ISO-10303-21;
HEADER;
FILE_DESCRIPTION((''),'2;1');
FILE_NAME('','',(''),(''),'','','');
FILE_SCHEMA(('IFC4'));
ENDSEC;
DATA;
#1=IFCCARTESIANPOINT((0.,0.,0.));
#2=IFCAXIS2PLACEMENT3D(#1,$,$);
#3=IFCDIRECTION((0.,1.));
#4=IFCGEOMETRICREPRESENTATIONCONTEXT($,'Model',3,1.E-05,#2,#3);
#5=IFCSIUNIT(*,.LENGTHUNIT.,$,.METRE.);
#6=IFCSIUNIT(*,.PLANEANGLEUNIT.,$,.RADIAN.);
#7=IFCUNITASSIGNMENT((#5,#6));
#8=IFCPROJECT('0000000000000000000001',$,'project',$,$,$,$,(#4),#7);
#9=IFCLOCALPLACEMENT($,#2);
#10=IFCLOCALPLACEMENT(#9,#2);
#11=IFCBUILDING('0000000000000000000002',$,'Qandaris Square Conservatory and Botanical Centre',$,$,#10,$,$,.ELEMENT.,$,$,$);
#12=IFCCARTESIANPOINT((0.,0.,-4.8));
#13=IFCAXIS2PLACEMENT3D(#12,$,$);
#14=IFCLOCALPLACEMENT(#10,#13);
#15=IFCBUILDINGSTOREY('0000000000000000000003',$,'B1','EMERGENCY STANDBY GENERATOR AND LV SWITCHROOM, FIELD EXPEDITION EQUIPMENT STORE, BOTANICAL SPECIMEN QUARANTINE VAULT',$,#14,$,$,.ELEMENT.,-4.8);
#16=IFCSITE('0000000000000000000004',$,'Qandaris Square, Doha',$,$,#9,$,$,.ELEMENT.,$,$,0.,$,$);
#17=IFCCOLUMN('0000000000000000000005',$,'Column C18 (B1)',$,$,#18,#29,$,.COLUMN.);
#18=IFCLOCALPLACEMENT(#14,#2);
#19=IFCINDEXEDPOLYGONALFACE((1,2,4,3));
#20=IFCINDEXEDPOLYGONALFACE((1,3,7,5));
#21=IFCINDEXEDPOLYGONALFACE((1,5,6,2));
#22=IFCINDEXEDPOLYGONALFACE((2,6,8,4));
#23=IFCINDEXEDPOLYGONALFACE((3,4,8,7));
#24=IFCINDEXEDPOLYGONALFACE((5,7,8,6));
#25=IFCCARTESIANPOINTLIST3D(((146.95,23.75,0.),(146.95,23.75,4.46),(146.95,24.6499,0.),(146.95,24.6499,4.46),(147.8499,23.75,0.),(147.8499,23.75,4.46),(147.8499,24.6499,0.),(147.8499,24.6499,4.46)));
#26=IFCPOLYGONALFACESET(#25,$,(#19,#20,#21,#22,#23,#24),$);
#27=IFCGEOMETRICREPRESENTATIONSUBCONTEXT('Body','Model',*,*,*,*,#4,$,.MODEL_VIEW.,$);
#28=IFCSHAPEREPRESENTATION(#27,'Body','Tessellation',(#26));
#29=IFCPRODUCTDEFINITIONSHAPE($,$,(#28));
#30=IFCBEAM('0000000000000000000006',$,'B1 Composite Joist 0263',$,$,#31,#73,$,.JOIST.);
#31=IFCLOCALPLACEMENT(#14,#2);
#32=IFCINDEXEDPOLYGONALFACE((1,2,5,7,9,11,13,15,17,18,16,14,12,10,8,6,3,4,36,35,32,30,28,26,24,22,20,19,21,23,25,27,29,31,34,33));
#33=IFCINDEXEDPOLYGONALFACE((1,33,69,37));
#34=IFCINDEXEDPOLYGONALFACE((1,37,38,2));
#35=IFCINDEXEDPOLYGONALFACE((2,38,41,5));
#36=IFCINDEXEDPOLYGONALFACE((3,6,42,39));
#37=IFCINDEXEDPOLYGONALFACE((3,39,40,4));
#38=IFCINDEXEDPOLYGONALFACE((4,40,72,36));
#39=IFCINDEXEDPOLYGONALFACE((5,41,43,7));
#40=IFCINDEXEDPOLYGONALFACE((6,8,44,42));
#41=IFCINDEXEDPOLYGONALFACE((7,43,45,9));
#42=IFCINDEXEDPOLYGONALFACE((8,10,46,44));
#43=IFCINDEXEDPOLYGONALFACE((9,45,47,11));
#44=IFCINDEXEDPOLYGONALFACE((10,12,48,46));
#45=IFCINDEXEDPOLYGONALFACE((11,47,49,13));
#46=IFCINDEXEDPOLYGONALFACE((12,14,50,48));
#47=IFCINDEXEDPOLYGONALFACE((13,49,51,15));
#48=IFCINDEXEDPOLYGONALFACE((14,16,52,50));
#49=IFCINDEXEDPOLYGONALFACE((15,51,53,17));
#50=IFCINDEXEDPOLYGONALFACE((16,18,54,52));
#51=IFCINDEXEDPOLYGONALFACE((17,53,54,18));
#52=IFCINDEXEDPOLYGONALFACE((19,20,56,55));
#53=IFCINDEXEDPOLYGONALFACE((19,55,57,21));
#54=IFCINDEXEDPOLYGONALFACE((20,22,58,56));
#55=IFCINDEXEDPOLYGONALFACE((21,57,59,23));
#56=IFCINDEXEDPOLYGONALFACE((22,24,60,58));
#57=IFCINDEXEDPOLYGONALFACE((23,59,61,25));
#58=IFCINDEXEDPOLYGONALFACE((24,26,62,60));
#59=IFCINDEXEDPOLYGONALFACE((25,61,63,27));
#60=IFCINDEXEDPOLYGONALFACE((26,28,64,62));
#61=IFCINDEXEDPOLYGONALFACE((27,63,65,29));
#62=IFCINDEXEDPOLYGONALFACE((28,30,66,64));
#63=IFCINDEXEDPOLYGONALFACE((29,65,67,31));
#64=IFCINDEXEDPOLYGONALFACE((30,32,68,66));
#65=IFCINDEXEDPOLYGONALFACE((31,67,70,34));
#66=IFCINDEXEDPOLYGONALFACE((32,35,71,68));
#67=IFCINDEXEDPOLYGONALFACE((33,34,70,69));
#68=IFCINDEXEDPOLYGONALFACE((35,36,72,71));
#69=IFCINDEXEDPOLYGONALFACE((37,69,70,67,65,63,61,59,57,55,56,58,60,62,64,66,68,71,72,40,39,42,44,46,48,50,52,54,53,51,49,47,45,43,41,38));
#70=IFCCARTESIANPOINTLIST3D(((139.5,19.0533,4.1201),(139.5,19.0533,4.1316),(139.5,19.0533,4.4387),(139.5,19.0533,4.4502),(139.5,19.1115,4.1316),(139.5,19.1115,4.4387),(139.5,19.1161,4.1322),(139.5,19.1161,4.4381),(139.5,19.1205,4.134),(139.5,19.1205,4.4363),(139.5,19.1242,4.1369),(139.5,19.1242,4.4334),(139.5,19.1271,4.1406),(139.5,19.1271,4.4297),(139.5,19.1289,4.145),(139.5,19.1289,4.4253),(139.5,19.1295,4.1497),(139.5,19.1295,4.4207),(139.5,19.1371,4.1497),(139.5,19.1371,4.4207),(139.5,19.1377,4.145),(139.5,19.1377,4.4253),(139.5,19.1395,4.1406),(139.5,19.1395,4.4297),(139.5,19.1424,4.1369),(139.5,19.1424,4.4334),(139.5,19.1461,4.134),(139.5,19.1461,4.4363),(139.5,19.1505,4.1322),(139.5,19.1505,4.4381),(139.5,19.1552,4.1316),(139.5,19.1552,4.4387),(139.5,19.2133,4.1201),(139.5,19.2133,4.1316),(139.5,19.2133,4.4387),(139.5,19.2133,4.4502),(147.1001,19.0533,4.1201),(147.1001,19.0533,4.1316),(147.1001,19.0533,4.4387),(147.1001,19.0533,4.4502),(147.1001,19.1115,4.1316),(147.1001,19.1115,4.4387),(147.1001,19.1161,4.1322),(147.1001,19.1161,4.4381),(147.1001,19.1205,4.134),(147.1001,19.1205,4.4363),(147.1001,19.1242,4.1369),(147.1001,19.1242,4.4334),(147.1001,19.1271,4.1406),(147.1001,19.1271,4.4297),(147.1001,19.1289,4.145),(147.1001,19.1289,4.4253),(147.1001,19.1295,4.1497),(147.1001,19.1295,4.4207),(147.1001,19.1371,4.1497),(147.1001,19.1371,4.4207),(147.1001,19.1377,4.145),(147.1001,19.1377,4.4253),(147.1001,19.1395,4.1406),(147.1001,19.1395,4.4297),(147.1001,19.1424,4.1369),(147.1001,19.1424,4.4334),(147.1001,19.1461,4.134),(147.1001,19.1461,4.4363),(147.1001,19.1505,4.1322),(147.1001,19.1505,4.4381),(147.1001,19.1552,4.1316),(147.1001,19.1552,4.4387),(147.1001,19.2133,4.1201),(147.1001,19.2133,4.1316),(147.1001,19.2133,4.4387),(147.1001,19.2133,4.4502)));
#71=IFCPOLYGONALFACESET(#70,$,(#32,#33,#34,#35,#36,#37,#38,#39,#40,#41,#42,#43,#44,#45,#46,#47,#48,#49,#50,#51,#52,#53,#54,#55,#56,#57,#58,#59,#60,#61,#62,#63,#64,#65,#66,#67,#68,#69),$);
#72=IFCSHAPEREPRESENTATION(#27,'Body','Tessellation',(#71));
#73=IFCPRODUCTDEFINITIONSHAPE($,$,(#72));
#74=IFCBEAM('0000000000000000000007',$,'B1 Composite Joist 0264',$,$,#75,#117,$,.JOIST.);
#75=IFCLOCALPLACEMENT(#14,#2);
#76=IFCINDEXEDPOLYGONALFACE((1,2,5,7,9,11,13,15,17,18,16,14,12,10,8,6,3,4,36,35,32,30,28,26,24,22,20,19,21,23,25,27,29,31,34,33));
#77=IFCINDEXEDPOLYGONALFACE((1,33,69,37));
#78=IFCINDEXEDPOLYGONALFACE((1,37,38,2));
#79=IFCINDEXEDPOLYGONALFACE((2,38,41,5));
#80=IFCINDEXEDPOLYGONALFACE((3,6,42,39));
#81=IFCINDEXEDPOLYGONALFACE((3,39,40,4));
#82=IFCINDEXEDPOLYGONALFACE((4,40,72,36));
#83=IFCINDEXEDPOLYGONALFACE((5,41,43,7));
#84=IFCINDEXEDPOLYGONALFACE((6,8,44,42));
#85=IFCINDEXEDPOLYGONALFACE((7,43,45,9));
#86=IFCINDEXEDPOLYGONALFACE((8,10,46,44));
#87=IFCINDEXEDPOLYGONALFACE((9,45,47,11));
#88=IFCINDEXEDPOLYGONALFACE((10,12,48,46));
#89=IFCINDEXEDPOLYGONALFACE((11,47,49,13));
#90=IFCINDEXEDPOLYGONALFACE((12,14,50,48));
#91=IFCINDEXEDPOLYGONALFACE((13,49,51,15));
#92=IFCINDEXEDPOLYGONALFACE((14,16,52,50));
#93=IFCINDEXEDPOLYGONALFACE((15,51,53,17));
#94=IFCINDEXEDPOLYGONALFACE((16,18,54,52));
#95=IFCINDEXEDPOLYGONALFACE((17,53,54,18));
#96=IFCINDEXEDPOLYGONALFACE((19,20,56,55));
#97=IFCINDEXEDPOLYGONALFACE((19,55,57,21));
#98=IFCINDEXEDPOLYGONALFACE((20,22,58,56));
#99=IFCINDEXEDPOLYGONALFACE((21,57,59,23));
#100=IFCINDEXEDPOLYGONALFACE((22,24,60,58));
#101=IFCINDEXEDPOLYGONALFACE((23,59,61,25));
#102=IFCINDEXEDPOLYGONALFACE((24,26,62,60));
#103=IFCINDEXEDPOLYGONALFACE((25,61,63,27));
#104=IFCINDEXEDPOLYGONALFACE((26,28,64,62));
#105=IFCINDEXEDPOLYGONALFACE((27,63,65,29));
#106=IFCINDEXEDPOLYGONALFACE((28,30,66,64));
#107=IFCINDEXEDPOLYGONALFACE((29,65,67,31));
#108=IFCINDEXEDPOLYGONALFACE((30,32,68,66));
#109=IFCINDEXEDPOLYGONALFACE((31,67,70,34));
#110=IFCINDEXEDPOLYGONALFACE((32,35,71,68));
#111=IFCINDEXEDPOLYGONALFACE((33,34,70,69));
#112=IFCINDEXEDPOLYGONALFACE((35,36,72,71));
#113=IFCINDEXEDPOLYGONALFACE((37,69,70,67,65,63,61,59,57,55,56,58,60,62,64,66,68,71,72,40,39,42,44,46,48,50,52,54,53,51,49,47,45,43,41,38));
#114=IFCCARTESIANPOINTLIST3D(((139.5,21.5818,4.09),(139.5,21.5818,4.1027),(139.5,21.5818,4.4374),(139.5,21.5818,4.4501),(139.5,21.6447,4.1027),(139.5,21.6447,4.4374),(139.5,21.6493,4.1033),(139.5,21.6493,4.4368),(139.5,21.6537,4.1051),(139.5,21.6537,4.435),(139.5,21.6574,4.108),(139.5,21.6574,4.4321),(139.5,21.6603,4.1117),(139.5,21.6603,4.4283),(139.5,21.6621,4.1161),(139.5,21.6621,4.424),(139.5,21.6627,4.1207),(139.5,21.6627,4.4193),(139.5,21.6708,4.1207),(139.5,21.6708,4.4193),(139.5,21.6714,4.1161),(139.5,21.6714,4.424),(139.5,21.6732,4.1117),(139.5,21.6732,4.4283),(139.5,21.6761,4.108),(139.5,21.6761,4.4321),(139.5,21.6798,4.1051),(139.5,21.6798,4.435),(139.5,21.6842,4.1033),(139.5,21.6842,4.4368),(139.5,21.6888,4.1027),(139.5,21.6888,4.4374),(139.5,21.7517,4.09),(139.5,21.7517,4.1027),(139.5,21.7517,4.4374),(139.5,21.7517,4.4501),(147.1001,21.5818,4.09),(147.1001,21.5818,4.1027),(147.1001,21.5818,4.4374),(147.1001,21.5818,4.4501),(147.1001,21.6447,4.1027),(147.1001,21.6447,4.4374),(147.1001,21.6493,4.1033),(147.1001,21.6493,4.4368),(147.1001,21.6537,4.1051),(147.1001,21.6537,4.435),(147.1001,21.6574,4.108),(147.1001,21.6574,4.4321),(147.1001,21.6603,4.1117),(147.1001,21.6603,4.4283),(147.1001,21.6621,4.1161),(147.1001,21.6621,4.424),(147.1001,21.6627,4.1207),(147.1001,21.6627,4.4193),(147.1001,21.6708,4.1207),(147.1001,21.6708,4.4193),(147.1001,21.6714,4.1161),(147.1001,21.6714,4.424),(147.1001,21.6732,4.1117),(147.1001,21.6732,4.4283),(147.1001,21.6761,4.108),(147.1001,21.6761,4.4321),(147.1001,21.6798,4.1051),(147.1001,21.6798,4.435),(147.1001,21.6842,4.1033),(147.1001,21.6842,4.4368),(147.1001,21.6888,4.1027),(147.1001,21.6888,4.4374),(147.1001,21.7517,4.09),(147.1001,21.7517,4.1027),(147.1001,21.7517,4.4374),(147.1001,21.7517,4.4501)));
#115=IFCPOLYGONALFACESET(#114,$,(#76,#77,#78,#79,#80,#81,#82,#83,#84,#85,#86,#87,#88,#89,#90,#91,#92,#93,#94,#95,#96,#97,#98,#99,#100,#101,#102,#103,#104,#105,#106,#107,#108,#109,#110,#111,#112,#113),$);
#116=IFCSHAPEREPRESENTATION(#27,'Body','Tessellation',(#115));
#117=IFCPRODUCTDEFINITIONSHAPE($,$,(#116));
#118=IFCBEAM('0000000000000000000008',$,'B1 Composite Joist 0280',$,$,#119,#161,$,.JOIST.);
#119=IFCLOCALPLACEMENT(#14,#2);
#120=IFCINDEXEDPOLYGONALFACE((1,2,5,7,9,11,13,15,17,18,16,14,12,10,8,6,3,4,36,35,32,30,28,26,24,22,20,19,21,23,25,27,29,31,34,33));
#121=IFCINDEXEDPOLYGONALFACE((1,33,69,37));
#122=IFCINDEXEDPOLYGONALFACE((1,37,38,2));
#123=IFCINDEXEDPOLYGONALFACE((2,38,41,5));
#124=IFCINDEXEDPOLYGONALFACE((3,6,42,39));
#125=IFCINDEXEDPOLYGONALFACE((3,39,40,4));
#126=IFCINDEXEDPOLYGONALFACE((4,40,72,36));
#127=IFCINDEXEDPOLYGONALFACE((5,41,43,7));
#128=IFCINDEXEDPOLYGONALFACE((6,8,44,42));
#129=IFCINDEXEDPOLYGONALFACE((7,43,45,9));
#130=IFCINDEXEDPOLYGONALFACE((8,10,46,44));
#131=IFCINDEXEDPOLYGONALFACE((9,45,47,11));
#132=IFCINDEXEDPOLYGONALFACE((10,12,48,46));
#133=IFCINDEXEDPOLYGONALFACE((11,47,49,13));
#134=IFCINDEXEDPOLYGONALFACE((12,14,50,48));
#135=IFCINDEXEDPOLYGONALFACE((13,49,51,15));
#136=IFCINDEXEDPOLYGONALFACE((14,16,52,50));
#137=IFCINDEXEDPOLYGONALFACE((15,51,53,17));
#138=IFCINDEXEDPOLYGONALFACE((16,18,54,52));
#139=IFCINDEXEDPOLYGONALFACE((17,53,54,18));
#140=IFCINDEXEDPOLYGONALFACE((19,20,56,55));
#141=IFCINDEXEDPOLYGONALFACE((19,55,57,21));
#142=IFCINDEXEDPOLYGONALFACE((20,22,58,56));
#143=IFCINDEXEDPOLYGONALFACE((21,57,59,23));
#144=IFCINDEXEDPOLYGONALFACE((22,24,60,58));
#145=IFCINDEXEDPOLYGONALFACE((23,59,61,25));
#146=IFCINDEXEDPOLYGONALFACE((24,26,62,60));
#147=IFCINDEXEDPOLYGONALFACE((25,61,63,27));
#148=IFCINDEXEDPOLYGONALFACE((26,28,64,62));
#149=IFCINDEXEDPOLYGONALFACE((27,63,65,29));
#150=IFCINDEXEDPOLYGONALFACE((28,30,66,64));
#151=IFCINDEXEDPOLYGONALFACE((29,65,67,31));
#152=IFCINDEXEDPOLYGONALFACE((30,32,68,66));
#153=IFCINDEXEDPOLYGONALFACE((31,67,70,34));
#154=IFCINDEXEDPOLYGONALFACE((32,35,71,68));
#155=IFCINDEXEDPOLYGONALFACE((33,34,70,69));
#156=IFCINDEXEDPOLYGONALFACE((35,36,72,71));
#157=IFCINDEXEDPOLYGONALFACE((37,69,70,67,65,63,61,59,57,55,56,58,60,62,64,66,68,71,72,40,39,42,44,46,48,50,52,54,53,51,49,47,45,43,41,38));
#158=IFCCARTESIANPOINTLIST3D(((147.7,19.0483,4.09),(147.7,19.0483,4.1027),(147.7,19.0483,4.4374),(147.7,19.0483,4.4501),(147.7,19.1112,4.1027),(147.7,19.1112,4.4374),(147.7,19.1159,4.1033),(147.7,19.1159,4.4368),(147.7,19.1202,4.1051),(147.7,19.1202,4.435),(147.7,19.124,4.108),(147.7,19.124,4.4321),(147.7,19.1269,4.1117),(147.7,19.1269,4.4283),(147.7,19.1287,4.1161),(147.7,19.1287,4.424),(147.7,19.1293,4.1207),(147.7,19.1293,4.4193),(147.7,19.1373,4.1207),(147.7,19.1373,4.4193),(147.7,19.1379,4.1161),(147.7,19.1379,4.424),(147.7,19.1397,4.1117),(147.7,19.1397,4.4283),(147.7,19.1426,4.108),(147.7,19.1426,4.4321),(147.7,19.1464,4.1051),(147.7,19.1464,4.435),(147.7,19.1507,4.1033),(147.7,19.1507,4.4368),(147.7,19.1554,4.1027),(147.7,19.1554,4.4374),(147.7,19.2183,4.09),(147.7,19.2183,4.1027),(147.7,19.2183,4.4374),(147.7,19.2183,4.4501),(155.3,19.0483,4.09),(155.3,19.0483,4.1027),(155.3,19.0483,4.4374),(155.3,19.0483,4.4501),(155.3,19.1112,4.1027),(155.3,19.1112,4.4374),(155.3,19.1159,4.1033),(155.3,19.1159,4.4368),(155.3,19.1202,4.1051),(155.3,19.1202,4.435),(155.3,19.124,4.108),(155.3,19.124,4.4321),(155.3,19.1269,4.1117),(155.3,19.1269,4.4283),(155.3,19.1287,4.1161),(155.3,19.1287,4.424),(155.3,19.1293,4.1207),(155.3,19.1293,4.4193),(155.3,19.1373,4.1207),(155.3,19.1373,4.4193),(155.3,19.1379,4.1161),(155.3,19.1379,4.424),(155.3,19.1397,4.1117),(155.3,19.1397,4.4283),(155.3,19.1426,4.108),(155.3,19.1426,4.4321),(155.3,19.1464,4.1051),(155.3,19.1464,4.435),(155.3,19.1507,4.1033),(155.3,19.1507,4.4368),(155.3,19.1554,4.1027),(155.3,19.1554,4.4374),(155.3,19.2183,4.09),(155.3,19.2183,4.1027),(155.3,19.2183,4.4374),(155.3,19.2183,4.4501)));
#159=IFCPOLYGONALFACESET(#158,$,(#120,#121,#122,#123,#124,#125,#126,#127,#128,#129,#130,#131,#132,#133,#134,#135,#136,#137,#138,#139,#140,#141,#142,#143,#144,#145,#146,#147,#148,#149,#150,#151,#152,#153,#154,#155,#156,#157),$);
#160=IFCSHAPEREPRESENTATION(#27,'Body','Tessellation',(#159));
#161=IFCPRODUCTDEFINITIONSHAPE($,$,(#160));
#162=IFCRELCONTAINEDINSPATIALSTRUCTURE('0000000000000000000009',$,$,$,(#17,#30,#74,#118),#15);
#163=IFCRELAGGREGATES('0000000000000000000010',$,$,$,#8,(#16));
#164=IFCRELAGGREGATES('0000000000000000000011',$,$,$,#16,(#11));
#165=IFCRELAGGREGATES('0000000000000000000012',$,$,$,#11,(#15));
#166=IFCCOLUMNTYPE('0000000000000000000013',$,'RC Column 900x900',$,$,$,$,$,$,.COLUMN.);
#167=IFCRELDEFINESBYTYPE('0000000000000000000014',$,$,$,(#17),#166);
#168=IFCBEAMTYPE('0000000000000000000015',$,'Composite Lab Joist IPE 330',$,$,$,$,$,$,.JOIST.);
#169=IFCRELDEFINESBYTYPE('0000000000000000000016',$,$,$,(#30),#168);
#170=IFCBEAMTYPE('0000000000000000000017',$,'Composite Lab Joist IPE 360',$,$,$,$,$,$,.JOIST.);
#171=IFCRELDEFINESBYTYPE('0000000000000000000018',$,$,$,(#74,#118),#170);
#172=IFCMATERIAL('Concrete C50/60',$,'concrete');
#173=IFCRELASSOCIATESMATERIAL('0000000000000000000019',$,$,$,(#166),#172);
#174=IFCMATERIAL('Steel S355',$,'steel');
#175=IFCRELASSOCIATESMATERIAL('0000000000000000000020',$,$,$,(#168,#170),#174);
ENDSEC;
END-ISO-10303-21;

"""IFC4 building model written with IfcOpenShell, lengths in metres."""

from ifc_helpers import new_model, si_unit, direction, frame, origin, origin_2d, place, context, subcontext, project, spatial, rectangle, i_section, extrude, material, material_profile, profile_set, type_object, element, save


model = new_model("IFC4")

# Units and contexts
model_context = context("Model", 3, precision=1e-05, world=origin(), true_north=direction((0.0, 1.0)))
body_context = subcontext(model_context, "Body", "Model", "MODEL_VIEW")
ifc_project = project(units=[si_unit("LENGTHUNIT", "METRE"), si_unit("PLANEANGLEUNIT", "RADIAN")], contexts=[model_context])

# Site, building, storey
site_placement = place(None, origin())
site = spatial("IfcSite", under=ifc_project, at=site_placement, Name="Qandaris Square, Doha", CompositionType="ELEMENT", RefElevation=0.0)
building_placement = place(site_placement, origin())
building = spatial("IfcBuilding", under=site, at=building_placement, Name="Qandaris Square Conservatory and Botanical Centre", CompositionType="ELEMENT")
storey_placement = place(building_placement, frame((0.0, 0.0, -4.8)))
storey = spatial("IfcBuildingStorey", under=building, at=storey_placement, Name="B1", Description="EMERGENCY STANDBY GENERATOR AND LV SWITCHROOM, FIELD EXPEDITION EQUIPMENT STORE, BOTANICAL SPECIMEN QUARANTINE VAULT", CompositionType="ELEMENT", Elevation=-4.8)

# Shared definitions
ifc_material_1 = material(Name="Concrete C50/60", Category="concrete")

# Column
ifc_material_profile_1 = material_profile(ifc_material_1, rectangle(XDim=0.8999, YDim=0.8999, at=origin_2d()), Name="RC-COL 900x900")
ifc_profile_set_1 = profile_set([ifc_material_profile_1], Name="Concrete C50/60")
column_type = type_object("IfcColumnType", Name="RC Column 900x900", PredefinedType="COLUMN", material=ifc_profile_set_1)
for number, where, z_axis, x_axis, name in (
    (1, (147.3999, 24.2, 0.0), (0.0, 0.0, 1.0), (1.0, 0.0, 0.0), "Column C18 (B1)"),
):
    element("IfcColumn", number, at=place(storey_placement, frame(where, z_axis=z_axis, x_axis=x_axis)), inside=storey, type_object=column_type, Name=name, PredefinedType="COLUMN", context=body_context, shape_type="SweptSolid", body=[
        extrude(rectangle(XDim=0.8999, YDim=0.8999, at=origin_2d()), origin(), (0.0, 0.0, 1.0), 4.46),
    ])

# Beams
ifc_material_2 = material(Name="Steel S355", Category="steel")
ifc_material_profile_2 = material_profile(ifc_material_2, i_section(OverallWidth=0.1599, OverallDepth=0.3301, WebThickness=0.0076, FlangeThickness=0.0115, FilletRadius=0.0181, at=origin_2d()), Name="IPE 330")
ifc_profile_set_2 = profile_set([ifc_material_profile_2], Name="Steel S355")
beam_type_1 = type_object("IfcBeamType", Name="Composite Lab Joist IPE 330", PredefinedType="JOIST", material=ifc_profile_set_2)
beam_1_placement = place(storey_placement, frame((139.5, 19.1333, 4.2852), z_axis=(1.0, 0.0, 0.0), x_axis=(0.0, 1.0, 0.0)))
element("IfcBeam", 2, at=beam_1_placement, inside=storey, type_object=beam_type_1, Name="B1 Composite Joist 0263", PredefinedType="JOIST", context=body_context, shape_type="SweptSolid", body=[
    extrude(i_section(OverallWidth=0.1599, OverallDepth=0.3301, WebThickness=0.0076, FlangeThickness=0.0115, FilletRadius=0.0181, at=origin_2d()), origin(), (0.0, 0.0, 1.0), 7.6001),
])
ifc_material_profile_3 = material_profile(ifc_material_2, i_section(OverallWidth=0.1699, OverallDepth=0.3601, WebThickness=0.0081, FlangeThickness=0.0127, FilletRadius=0.0181, at=origin_2d()), Name="IPE 360")
ifc_profile_set_3 = profile_set([ifc_material_profile_3], Name="Steel S355")
beam_type_2 = type_object("IfcBeamType", Name="Composite Lab Joist IPE 360", PredefinedType="JOIST", material=ifc_profile_set_3)
for number, where, z_axis, x_axis, name in (
    (3, (139.5, 21.6667, 4.27), (1.0, 0.0, 0.0), (0.0, 1.0, 0.0), "B1 Composite Joist 0264"),
    (4, (147.7, 19.1333, 4.27), (1.0, 0.0, 0.0), (0.0, 1.0, 0.0), "B1 Composite Joist 0280"),
):
    element("IfcBeam", number, at=place(storey_placement, frame(where, z_axis=z_axis, x_axis=x_axis)), inside=storey, type_object=beam_type_2, Name=name, PredefinedType="JOIST", context=body_context, shape_type="SweptSolid", body=[
        extrude(i_section(OverallWidth=0.1699, OverallDepth=0.3601, WebThickness=0.0081, FlangeThickness=0.0127, FilletRadius=0.0181, at=origin_2d()), origin(), (0.0, 0.0, 1.0), 7.6001),
    ])

save(model, "model.ifc")
